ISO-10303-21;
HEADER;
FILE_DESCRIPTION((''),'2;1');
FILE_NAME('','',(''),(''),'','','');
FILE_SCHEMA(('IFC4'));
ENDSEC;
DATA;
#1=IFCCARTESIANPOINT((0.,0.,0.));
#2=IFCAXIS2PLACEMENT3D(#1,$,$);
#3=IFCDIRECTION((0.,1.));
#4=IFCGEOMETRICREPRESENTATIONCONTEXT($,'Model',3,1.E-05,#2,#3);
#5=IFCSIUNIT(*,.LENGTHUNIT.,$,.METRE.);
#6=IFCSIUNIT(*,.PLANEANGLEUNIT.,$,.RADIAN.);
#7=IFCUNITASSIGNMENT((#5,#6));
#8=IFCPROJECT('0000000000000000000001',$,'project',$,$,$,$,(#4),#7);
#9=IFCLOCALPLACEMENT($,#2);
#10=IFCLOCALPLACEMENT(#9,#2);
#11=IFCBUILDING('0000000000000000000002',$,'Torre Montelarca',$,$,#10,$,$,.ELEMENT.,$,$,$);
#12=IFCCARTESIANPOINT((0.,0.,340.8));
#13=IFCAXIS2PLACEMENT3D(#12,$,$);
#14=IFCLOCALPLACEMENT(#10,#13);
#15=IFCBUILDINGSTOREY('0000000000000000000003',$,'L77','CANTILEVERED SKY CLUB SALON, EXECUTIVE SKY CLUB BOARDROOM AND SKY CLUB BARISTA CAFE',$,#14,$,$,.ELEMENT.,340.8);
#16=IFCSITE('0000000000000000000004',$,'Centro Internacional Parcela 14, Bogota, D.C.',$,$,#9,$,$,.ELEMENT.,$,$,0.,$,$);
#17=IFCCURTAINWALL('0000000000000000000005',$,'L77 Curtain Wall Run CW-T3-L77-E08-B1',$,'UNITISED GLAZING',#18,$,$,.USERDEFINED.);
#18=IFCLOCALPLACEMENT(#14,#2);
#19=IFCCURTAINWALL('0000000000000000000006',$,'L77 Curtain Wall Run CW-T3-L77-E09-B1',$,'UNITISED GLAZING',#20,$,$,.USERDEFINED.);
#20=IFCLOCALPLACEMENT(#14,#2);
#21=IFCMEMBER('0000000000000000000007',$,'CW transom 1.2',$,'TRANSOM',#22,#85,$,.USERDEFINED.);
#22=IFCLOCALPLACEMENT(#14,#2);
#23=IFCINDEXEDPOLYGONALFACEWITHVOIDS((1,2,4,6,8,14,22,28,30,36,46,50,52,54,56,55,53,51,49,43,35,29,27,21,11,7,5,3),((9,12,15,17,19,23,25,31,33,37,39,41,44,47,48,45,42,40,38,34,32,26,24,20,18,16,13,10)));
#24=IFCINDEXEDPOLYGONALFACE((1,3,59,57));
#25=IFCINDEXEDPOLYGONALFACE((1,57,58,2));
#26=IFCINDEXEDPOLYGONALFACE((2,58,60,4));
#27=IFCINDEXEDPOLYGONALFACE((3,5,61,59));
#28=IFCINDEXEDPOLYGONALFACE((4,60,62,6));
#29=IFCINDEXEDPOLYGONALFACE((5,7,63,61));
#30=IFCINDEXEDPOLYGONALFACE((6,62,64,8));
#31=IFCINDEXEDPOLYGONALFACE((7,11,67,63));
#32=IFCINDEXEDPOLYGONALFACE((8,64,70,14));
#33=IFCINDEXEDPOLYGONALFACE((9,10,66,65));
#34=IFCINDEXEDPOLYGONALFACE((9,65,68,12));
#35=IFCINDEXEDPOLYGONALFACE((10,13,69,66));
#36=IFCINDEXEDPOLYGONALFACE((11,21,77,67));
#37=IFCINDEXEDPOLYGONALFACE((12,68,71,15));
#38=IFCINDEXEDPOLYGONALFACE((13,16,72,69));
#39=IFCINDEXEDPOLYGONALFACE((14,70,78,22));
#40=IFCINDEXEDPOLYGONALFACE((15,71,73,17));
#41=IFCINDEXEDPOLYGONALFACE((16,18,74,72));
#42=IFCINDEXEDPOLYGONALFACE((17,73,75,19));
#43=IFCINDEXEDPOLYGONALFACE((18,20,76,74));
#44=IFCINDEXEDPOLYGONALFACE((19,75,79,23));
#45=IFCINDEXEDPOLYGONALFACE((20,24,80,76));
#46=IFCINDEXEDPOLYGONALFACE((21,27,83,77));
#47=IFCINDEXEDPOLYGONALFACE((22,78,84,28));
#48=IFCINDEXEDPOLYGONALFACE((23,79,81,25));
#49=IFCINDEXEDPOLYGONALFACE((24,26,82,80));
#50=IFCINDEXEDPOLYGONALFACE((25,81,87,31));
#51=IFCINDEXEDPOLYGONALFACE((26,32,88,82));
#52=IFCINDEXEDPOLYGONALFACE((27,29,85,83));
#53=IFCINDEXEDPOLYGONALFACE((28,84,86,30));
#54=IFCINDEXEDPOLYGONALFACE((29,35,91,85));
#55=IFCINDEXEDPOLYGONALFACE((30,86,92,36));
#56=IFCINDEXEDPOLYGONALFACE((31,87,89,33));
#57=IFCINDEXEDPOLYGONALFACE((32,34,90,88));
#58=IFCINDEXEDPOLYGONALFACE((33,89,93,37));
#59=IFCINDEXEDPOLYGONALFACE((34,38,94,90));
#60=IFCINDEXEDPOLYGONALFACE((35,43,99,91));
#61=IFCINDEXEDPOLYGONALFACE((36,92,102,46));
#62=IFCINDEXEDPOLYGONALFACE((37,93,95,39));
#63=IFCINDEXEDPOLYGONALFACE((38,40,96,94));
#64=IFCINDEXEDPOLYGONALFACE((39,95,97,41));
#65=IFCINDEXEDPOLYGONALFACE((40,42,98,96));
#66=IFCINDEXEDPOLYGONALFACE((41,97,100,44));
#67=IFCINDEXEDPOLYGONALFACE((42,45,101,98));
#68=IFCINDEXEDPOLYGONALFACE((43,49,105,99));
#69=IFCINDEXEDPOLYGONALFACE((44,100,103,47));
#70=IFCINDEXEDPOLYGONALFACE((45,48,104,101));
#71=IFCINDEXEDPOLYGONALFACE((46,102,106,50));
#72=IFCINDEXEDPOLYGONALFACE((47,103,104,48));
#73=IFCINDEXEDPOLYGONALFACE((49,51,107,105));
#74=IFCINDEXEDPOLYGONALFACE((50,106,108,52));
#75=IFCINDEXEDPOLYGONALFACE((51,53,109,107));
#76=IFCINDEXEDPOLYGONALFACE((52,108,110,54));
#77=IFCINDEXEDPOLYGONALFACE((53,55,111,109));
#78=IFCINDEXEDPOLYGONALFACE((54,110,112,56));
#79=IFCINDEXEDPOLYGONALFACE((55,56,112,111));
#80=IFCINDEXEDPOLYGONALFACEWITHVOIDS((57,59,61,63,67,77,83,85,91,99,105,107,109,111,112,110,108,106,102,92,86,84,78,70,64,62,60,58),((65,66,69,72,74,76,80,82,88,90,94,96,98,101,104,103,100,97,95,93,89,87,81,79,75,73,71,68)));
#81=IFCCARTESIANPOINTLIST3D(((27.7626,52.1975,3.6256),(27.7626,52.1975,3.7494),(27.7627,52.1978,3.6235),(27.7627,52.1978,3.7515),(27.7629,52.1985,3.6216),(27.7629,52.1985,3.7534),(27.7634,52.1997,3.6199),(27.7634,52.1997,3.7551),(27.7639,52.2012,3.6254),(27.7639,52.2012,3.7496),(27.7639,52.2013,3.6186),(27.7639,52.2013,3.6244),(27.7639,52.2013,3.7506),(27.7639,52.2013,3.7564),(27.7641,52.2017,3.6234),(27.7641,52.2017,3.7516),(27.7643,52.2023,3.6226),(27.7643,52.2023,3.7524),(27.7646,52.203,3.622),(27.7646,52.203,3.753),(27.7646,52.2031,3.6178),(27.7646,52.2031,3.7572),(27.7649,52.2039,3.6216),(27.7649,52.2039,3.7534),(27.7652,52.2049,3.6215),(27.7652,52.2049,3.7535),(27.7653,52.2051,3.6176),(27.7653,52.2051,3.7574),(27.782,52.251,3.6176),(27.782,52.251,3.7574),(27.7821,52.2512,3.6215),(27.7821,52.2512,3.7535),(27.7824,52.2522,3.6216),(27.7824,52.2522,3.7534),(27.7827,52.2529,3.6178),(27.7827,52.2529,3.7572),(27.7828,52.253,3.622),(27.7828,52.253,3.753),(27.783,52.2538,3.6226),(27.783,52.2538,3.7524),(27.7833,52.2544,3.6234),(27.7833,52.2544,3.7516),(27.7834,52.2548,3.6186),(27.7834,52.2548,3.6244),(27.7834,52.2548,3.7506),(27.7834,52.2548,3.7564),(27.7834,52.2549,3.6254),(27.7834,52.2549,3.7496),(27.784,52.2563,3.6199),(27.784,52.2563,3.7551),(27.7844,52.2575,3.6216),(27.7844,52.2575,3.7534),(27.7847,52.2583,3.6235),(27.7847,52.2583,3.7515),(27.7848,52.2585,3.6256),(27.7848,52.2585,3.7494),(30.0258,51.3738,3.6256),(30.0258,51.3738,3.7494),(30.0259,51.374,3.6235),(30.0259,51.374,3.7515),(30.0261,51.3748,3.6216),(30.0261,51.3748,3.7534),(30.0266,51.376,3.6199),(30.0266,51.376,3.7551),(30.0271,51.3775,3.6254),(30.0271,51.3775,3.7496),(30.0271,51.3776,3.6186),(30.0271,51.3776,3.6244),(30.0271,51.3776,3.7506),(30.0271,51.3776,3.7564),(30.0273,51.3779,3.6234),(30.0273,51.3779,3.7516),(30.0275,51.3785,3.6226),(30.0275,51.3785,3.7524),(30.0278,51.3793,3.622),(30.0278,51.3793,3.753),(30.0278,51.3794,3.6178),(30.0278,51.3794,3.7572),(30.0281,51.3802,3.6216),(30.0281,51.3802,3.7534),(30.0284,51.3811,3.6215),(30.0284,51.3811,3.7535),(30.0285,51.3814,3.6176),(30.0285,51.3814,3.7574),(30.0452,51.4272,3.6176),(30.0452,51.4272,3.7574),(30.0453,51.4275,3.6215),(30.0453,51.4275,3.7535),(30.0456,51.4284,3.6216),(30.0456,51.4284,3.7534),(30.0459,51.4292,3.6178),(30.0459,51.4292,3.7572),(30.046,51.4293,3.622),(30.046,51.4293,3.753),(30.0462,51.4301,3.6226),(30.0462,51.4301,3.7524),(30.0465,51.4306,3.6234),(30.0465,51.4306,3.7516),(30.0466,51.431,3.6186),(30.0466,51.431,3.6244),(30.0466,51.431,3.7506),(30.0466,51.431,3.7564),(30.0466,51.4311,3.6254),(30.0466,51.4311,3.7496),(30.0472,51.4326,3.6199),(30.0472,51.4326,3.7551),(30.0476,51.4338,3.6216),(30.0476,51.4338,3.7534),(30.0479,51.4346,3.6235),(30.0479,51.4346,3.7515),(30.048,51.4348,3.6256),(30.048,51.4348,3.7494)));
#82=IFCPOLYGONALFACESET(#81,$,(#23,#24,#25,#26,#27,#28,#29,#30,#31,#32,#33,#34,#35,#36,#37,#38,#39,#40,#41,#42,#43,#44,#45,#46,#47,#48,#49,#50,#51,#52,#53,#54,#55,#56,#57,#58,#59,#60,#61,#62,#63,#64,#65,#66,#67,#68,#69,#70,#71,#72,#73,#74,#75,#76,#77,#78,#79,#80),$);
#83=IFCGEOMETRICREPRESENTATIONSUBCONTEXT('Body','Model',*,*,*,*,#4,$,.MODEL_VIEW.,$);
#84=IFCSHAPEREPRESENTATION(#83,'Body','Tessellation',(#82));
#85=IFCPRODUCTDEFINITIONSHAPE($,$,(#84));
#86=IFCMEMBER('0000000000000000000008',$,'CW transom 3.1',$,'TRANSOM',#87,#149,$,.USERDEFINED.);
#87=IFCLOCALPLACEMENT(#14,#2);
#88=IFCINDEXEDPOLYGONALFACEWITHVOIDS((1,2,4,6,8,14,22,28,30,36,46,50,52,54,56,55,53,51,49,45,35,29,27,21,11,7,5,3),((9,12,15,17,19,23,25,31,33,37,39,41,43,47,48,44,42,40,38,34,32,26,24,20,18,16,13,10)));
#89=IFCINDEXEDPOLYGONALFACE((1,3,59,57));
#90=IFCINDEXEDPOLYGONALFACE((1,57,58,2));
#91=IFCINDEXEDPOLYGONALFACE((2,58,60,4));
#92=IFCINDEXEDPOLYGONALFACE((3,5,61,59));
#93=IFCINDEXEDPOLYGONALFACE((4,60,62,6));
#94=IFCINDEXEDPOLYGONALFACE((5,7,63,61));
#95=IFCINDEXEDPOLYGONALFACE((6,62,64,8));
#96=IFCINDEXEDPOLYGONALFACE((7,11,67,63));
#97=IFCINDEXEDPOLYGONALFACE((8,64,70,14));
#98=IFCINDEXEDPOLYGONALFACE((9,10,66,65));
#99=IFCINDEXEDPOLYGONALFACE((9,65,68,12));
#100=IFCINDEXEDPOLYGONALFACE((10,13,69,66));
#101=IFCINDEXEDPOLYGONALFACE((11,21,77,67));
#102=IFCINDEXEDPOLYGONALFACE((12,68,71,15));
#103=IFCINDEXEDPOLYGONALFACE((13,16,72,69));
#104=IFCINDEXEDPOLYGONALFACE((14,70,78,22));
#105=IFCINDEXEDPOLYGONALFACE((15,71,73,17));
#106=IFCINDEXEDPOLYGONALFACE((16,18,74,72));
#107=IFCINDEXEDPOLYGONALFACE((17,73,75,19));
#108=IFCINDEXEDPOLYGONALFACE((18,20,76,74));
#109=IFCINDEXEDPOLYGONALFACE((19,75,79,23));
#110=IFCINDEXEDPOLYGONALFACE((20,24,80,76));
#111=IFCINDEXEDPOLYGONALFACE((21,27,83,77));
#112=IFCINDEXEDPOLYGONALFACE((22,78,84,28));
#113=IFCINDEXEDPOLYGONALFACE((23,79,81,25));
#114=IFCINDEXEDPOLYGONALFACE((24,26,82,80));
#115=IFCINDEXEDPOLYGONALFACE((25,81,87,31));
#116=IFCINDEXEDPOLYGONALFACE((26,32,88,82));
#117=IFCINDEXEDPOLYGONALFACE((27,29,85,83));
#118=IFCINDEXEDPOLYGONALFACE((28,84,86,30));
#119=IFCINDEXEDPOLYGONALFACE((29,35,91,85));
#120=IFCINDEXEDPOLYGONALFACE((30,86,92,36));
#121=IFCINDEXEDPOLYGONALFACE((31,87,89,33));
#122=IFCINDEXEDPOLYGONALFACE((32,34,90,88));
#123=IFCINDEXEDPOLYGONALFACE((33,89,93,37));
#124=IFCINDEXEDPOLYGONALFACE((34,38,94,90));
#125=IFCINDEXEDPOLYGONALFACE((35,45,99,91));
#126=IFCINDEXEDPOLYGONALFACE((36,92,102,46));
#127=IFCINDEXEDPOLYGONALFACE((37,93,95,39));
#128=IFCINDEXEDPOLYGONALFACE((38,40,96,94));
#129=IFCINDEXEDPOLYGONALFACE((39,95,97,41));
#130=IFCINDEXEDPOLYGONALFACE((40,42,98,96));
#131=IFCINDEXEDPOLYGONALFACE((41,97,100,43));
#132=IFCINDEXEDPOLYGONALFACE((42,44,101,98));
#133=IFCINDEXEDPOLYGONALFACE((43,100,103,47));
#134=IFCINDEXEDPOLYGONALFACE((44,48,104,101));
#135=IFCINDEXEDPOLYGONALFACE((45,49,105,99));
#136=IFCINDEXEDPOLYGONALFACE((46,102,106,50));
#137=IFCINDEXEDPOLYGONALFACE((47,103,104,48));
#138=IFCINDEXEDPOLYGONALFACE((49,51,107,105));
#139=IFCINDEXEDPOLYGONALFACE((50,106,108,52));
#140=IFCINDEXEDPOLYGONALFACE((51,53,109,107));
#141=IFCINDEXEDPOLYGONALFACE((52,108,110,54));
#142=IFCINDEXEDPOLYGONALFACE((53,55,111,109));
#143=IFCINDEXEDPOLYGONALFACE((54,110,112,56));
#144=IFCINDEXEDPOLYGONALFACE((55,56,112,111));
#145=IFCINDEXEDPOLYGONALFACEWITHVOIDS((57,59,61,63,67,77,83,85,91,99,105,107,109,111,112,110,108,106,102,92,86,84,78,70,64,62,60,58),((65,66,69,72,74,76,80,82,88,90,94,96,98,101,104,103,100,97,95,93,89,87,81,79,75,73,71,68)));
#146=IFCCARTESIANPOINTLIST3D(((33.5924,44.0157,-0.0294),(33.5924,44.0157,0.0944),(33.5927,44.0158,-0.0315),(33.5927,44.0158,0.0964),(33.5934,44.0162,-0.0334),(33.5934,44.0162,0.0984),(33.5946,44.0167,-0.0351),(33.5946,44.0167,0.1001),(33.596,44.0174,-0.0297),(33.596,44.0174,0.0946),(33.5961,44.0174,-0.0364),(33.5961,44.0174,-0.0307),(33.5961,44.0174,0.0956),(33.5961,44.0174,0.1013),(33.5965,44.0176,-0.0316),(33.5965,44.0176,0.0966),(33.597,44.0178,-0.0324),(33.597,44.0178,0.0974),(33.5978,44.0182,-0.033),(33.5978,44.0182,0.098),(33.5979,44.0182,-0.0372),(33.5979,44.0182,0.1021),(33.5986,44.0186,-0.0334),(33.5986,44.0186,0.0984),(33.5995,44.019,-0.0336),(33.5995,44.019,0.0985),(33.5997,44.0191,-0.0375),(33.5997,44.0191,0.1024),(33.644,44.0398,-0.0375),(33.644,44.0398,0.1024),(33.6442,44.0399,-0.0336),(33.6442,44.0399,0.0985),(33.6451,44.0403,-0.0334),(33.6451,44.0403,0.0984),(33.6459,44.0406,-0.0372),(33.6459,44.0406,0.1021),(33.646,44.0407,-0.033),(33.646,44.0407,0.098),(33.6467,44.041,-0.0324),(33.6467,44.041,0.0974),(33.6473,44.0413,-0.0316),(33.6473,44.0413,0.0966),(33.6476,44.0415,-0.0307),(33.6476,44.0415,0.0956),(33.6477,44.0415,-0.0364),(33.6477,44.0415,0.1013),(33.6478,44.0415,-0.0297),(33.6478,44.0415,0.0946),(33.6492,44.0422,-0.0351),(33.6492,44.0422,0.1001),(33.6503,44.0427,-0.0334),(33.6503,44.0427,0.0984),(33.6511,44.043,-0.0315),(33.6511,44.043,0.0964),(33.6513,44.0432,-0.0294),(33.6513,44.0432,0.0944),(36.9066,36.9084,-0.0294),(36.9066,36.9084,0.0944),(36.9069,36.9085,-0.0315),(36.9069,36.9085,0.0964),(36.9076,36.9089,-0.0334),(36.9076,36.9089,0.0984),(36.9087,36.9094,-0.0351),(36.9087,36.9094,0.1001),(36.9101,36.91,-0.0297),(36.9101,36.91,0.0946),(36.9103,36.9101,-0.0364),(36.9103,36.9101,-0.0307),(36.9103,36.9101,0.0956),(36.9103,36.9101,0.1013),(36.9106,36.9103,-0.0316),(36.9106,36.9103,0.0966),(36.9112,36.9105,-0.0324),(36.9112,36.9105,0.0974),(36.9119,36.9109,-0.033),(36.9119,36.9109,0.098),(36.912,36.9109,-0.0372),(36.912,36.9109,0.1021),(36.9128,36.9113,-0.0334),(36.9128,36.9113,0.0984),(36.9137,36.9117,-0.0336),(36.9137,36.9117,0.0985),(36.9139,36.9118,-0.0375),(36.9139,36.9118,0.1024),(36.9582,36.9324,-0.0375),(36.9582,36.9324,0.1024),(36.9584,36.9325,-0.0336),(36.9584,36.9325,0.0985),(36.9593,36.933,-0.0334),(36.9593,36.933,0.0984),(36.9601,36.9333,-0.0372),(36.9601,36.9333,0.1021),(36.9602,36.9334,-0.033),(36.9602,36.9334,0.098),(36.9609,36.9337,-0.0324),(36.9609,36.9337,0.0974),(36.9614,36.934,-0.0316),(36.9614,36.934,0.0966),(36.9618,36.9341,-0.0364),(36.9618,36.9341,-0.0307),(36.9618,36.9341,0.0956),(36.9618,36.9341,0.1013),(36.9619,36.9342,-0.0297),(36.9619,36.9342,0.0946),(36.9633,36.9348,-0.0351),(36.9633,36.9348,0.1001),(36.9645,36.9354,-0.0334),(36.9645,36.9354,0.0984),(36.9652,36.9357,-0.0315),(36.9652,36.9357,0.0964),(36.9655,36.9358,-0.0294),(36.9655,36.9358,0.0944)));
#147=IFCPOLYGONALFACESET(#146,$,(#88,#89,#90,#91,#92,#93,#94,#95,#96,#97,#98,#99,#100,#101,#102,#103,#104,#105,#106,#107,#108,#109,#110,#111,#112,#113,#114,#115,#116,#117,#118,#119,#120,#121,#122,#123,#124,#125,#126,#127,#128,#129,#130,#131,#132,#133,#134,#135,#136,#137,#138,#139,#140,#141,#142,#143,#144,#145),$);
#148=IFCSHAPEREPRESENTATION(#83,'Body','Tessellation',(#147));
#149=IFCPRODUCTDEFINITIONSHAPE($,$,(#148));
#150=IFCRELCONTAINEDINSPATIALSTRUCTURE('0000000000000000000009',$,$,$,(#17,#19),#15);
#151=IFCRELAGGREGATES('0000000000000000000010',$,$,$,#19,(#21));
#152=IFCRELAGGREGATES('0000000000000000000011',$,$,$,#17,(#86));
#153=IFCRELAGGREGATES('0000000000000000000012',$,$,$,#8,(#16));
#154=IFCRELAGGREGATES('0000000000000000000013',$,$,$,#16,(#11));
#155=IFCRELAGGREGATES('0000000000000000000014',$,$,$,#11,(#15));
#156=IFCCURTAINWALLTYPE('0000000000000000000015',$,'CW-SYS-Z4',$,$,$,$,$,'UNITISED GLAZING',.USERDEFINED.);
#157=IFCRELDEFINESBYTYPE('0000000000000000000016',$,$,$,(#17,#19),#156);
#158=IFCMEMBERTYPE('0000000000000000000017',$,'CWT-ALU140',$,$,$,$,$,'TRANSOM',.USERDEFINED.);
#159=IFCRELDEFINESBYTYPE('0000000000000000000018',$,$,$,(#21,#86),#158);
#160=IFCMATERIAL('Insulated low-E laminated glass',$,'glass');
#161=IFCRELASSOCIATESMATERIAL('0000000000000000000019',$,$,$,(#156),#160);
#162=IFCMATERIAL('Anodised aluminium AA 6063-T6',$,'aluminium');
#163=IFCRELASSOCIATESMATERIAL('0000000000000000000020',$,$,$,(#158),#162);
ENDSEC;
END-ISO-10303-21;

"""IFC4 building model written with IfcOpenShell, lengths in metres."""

from ifc_helpers import new_model, si_unit, direction, frame, origin, origin_2d, place, context, subcontext, project, spatial, hollow_rectangle, extrude, source, transform, mapped, material, material_profile, profile_set, type_object, element, aggregate, save


model = new_model("IFC4")

# Units and contexts
model_context = context("Model", 3, precision=1e-05, world=origin(), true_north=direction((0.0, 1.0)))
body_context = subcontext(model_context, "Body", "Model", "MODEL_VIEW")
ifc_project = project(units=[si_unit("LENGTHUNIT", "METRE"), si_unit("PLANEANGLEUNIT", "RADIAN")], contexts=[model_context])

# Site, building, storey
site_placement = place(None, origin())
site = spatial("IfcSite", under=ifc_project, at=site_placement, Name="Centro Internacional Parcela 14, Bogota, D.C.", CompositionType="ELEMENT", RefElevation=0.0)
building_placement = place(site_placement, origin())
building = spatial("IfcBuilding", under=site, at=building_placement, Name="Torre Montelarca", CompositionType="ELEMENT")
storey_placement = place(building_placement, frame((0.0, 0.0, 340.8)))
storey = spatial("IfcBuildingStorey", under=building, at=storey_placement, Name="L77", Description="CANTILEVERED SKY CLUB SALON, EXECUTIVE SKY CLUB BOARDROOM AND SKY CLUB BARISTA CAFE", CompositionType="ELEMENT", Elevation=340.8)

# Curtain walls, member
ifc_material_1 = material(Name="Insulated low-E laminated glass", Category="glass")
curtain_wall_type = type_object("IfcCurtainWallType", Name="CW-SYS-Z4", ElementType="UNITISED GLAZING", PredefinedType="USERDEFINED", material=ifc_material_1)
curtain_wall_1_placement = place(storey_placement, origin())
curtain_wall_1 = element("IfcCurtainWall", 1, at=curtain_wall_1_placement, inside=storey, type_object=curtain_wall_type, Name="L77 Curtain Wall Run CW-T3-L77-E08-B1", ObjectType="UNITISED GLAZING", PredefinedType="USERDEFINED")
ifc_material_2 = material(Name="Anodised aluminium AA 6063-T6", Category="aluminium")
curtain_wall_2_placement = place(storey_placement, origin())
curtain_wall_2 = element("IfcCurtainWall", 2, at=curtain_wall_2_placement, inside=storey, type_object=curtain_wall_type, Name="L77 Curtain Wall Run CW-T3-L77-E09-B1", ObjectType="UNITISED GLAZING", PredefinedType="USERDEFINED")
ifc_material_profile_1 = material_profile(ifc_material_2, hollow_rectangle(XDim=0.0649, YDim=0.1399, WallThickness=0.0039, InnerFilletRadius=0.0039, OuterFilletRadius=0.0081, at=origin_2d()), Name="ALU65X140X4", Category="aluminium")
ifc_profile_set_1 = profile_set([ifc_material_profile_1], Name="Anodised aluminium AA 6063-T6")
member_type_1 = type_object("IfcMemberType", Name="CWT-ALU140", ElementType="TRANSOM", PredefinedType="USERDEFINED", material=ifc_profile_set_1)
shared_shape_1 = source(origin(), body_context, "Body", "SweptSolid", [
    extrude(hollow_rectangle(XDim=0.0649, YDim=0.1399, WallThickness=0.0039, InnerFilletRadius=0.0039, OuterFilletRadius=0.0081, at=origin_2d()), origin(), (0.0, 0.0, 1.0), 2.4084),
])
member_1_placement = place(storey_placement, frame((30.0369, 51.4043, 3.6875), z_axis=(-0.939693, 0.34202, 0.0), x_axis=(-0.34202, -0.939693, 0.0)))
member_1 = element("IfcMember", 3, at=member_1_placement, type_object=member_type_1, Name="CW transom 1.2", ObjectType="TRANSOM", PredefinedType="USERDEFINED", context=body_context, shape_type="MappedRepresentation", body=[
    mapped(shared_shape_1, transform((0.0, 0.0, 0.0), scale=1.0)),
])

# Member
shared_shape_2 = source(origin(), body_context, "Body", "SweptSolid", [
    extrude(hollow_rectangle(XDim=0.0649, YDim=0.1399, WallThickness=0.0039, InnerFilletRadius=0.0039, OuterFilletRadius=0.0081, at=origin_2d()), origin(), (0.0, 0.0, 1.0), 7.842),
])
member_2_placement = place(storey_placement, frame((36.936, 36.9221, 0.0325), z_axis=(-0.422614, 0.90631, 0.0), x_axis=(-0.90631, -0.422614, 0.0)))
member_2 = element("IfcMember", 4, at=member_2_placement, type_object=member_type_1, Name="CW transom 3.1", ObjectType="TRANSOM", PredefinedType="USERDEFINED", context=body_context, shape_type="MappedRepresentation", body=[
    mapped(shared_shape_2, transform((0.0, 0.0, 0.0), scale=1.0)),
])

aggregate(curtain_wall_2, [member_1])
aggregate(curtain_wall_1, [member_2])

save(model, "model.ifc")
